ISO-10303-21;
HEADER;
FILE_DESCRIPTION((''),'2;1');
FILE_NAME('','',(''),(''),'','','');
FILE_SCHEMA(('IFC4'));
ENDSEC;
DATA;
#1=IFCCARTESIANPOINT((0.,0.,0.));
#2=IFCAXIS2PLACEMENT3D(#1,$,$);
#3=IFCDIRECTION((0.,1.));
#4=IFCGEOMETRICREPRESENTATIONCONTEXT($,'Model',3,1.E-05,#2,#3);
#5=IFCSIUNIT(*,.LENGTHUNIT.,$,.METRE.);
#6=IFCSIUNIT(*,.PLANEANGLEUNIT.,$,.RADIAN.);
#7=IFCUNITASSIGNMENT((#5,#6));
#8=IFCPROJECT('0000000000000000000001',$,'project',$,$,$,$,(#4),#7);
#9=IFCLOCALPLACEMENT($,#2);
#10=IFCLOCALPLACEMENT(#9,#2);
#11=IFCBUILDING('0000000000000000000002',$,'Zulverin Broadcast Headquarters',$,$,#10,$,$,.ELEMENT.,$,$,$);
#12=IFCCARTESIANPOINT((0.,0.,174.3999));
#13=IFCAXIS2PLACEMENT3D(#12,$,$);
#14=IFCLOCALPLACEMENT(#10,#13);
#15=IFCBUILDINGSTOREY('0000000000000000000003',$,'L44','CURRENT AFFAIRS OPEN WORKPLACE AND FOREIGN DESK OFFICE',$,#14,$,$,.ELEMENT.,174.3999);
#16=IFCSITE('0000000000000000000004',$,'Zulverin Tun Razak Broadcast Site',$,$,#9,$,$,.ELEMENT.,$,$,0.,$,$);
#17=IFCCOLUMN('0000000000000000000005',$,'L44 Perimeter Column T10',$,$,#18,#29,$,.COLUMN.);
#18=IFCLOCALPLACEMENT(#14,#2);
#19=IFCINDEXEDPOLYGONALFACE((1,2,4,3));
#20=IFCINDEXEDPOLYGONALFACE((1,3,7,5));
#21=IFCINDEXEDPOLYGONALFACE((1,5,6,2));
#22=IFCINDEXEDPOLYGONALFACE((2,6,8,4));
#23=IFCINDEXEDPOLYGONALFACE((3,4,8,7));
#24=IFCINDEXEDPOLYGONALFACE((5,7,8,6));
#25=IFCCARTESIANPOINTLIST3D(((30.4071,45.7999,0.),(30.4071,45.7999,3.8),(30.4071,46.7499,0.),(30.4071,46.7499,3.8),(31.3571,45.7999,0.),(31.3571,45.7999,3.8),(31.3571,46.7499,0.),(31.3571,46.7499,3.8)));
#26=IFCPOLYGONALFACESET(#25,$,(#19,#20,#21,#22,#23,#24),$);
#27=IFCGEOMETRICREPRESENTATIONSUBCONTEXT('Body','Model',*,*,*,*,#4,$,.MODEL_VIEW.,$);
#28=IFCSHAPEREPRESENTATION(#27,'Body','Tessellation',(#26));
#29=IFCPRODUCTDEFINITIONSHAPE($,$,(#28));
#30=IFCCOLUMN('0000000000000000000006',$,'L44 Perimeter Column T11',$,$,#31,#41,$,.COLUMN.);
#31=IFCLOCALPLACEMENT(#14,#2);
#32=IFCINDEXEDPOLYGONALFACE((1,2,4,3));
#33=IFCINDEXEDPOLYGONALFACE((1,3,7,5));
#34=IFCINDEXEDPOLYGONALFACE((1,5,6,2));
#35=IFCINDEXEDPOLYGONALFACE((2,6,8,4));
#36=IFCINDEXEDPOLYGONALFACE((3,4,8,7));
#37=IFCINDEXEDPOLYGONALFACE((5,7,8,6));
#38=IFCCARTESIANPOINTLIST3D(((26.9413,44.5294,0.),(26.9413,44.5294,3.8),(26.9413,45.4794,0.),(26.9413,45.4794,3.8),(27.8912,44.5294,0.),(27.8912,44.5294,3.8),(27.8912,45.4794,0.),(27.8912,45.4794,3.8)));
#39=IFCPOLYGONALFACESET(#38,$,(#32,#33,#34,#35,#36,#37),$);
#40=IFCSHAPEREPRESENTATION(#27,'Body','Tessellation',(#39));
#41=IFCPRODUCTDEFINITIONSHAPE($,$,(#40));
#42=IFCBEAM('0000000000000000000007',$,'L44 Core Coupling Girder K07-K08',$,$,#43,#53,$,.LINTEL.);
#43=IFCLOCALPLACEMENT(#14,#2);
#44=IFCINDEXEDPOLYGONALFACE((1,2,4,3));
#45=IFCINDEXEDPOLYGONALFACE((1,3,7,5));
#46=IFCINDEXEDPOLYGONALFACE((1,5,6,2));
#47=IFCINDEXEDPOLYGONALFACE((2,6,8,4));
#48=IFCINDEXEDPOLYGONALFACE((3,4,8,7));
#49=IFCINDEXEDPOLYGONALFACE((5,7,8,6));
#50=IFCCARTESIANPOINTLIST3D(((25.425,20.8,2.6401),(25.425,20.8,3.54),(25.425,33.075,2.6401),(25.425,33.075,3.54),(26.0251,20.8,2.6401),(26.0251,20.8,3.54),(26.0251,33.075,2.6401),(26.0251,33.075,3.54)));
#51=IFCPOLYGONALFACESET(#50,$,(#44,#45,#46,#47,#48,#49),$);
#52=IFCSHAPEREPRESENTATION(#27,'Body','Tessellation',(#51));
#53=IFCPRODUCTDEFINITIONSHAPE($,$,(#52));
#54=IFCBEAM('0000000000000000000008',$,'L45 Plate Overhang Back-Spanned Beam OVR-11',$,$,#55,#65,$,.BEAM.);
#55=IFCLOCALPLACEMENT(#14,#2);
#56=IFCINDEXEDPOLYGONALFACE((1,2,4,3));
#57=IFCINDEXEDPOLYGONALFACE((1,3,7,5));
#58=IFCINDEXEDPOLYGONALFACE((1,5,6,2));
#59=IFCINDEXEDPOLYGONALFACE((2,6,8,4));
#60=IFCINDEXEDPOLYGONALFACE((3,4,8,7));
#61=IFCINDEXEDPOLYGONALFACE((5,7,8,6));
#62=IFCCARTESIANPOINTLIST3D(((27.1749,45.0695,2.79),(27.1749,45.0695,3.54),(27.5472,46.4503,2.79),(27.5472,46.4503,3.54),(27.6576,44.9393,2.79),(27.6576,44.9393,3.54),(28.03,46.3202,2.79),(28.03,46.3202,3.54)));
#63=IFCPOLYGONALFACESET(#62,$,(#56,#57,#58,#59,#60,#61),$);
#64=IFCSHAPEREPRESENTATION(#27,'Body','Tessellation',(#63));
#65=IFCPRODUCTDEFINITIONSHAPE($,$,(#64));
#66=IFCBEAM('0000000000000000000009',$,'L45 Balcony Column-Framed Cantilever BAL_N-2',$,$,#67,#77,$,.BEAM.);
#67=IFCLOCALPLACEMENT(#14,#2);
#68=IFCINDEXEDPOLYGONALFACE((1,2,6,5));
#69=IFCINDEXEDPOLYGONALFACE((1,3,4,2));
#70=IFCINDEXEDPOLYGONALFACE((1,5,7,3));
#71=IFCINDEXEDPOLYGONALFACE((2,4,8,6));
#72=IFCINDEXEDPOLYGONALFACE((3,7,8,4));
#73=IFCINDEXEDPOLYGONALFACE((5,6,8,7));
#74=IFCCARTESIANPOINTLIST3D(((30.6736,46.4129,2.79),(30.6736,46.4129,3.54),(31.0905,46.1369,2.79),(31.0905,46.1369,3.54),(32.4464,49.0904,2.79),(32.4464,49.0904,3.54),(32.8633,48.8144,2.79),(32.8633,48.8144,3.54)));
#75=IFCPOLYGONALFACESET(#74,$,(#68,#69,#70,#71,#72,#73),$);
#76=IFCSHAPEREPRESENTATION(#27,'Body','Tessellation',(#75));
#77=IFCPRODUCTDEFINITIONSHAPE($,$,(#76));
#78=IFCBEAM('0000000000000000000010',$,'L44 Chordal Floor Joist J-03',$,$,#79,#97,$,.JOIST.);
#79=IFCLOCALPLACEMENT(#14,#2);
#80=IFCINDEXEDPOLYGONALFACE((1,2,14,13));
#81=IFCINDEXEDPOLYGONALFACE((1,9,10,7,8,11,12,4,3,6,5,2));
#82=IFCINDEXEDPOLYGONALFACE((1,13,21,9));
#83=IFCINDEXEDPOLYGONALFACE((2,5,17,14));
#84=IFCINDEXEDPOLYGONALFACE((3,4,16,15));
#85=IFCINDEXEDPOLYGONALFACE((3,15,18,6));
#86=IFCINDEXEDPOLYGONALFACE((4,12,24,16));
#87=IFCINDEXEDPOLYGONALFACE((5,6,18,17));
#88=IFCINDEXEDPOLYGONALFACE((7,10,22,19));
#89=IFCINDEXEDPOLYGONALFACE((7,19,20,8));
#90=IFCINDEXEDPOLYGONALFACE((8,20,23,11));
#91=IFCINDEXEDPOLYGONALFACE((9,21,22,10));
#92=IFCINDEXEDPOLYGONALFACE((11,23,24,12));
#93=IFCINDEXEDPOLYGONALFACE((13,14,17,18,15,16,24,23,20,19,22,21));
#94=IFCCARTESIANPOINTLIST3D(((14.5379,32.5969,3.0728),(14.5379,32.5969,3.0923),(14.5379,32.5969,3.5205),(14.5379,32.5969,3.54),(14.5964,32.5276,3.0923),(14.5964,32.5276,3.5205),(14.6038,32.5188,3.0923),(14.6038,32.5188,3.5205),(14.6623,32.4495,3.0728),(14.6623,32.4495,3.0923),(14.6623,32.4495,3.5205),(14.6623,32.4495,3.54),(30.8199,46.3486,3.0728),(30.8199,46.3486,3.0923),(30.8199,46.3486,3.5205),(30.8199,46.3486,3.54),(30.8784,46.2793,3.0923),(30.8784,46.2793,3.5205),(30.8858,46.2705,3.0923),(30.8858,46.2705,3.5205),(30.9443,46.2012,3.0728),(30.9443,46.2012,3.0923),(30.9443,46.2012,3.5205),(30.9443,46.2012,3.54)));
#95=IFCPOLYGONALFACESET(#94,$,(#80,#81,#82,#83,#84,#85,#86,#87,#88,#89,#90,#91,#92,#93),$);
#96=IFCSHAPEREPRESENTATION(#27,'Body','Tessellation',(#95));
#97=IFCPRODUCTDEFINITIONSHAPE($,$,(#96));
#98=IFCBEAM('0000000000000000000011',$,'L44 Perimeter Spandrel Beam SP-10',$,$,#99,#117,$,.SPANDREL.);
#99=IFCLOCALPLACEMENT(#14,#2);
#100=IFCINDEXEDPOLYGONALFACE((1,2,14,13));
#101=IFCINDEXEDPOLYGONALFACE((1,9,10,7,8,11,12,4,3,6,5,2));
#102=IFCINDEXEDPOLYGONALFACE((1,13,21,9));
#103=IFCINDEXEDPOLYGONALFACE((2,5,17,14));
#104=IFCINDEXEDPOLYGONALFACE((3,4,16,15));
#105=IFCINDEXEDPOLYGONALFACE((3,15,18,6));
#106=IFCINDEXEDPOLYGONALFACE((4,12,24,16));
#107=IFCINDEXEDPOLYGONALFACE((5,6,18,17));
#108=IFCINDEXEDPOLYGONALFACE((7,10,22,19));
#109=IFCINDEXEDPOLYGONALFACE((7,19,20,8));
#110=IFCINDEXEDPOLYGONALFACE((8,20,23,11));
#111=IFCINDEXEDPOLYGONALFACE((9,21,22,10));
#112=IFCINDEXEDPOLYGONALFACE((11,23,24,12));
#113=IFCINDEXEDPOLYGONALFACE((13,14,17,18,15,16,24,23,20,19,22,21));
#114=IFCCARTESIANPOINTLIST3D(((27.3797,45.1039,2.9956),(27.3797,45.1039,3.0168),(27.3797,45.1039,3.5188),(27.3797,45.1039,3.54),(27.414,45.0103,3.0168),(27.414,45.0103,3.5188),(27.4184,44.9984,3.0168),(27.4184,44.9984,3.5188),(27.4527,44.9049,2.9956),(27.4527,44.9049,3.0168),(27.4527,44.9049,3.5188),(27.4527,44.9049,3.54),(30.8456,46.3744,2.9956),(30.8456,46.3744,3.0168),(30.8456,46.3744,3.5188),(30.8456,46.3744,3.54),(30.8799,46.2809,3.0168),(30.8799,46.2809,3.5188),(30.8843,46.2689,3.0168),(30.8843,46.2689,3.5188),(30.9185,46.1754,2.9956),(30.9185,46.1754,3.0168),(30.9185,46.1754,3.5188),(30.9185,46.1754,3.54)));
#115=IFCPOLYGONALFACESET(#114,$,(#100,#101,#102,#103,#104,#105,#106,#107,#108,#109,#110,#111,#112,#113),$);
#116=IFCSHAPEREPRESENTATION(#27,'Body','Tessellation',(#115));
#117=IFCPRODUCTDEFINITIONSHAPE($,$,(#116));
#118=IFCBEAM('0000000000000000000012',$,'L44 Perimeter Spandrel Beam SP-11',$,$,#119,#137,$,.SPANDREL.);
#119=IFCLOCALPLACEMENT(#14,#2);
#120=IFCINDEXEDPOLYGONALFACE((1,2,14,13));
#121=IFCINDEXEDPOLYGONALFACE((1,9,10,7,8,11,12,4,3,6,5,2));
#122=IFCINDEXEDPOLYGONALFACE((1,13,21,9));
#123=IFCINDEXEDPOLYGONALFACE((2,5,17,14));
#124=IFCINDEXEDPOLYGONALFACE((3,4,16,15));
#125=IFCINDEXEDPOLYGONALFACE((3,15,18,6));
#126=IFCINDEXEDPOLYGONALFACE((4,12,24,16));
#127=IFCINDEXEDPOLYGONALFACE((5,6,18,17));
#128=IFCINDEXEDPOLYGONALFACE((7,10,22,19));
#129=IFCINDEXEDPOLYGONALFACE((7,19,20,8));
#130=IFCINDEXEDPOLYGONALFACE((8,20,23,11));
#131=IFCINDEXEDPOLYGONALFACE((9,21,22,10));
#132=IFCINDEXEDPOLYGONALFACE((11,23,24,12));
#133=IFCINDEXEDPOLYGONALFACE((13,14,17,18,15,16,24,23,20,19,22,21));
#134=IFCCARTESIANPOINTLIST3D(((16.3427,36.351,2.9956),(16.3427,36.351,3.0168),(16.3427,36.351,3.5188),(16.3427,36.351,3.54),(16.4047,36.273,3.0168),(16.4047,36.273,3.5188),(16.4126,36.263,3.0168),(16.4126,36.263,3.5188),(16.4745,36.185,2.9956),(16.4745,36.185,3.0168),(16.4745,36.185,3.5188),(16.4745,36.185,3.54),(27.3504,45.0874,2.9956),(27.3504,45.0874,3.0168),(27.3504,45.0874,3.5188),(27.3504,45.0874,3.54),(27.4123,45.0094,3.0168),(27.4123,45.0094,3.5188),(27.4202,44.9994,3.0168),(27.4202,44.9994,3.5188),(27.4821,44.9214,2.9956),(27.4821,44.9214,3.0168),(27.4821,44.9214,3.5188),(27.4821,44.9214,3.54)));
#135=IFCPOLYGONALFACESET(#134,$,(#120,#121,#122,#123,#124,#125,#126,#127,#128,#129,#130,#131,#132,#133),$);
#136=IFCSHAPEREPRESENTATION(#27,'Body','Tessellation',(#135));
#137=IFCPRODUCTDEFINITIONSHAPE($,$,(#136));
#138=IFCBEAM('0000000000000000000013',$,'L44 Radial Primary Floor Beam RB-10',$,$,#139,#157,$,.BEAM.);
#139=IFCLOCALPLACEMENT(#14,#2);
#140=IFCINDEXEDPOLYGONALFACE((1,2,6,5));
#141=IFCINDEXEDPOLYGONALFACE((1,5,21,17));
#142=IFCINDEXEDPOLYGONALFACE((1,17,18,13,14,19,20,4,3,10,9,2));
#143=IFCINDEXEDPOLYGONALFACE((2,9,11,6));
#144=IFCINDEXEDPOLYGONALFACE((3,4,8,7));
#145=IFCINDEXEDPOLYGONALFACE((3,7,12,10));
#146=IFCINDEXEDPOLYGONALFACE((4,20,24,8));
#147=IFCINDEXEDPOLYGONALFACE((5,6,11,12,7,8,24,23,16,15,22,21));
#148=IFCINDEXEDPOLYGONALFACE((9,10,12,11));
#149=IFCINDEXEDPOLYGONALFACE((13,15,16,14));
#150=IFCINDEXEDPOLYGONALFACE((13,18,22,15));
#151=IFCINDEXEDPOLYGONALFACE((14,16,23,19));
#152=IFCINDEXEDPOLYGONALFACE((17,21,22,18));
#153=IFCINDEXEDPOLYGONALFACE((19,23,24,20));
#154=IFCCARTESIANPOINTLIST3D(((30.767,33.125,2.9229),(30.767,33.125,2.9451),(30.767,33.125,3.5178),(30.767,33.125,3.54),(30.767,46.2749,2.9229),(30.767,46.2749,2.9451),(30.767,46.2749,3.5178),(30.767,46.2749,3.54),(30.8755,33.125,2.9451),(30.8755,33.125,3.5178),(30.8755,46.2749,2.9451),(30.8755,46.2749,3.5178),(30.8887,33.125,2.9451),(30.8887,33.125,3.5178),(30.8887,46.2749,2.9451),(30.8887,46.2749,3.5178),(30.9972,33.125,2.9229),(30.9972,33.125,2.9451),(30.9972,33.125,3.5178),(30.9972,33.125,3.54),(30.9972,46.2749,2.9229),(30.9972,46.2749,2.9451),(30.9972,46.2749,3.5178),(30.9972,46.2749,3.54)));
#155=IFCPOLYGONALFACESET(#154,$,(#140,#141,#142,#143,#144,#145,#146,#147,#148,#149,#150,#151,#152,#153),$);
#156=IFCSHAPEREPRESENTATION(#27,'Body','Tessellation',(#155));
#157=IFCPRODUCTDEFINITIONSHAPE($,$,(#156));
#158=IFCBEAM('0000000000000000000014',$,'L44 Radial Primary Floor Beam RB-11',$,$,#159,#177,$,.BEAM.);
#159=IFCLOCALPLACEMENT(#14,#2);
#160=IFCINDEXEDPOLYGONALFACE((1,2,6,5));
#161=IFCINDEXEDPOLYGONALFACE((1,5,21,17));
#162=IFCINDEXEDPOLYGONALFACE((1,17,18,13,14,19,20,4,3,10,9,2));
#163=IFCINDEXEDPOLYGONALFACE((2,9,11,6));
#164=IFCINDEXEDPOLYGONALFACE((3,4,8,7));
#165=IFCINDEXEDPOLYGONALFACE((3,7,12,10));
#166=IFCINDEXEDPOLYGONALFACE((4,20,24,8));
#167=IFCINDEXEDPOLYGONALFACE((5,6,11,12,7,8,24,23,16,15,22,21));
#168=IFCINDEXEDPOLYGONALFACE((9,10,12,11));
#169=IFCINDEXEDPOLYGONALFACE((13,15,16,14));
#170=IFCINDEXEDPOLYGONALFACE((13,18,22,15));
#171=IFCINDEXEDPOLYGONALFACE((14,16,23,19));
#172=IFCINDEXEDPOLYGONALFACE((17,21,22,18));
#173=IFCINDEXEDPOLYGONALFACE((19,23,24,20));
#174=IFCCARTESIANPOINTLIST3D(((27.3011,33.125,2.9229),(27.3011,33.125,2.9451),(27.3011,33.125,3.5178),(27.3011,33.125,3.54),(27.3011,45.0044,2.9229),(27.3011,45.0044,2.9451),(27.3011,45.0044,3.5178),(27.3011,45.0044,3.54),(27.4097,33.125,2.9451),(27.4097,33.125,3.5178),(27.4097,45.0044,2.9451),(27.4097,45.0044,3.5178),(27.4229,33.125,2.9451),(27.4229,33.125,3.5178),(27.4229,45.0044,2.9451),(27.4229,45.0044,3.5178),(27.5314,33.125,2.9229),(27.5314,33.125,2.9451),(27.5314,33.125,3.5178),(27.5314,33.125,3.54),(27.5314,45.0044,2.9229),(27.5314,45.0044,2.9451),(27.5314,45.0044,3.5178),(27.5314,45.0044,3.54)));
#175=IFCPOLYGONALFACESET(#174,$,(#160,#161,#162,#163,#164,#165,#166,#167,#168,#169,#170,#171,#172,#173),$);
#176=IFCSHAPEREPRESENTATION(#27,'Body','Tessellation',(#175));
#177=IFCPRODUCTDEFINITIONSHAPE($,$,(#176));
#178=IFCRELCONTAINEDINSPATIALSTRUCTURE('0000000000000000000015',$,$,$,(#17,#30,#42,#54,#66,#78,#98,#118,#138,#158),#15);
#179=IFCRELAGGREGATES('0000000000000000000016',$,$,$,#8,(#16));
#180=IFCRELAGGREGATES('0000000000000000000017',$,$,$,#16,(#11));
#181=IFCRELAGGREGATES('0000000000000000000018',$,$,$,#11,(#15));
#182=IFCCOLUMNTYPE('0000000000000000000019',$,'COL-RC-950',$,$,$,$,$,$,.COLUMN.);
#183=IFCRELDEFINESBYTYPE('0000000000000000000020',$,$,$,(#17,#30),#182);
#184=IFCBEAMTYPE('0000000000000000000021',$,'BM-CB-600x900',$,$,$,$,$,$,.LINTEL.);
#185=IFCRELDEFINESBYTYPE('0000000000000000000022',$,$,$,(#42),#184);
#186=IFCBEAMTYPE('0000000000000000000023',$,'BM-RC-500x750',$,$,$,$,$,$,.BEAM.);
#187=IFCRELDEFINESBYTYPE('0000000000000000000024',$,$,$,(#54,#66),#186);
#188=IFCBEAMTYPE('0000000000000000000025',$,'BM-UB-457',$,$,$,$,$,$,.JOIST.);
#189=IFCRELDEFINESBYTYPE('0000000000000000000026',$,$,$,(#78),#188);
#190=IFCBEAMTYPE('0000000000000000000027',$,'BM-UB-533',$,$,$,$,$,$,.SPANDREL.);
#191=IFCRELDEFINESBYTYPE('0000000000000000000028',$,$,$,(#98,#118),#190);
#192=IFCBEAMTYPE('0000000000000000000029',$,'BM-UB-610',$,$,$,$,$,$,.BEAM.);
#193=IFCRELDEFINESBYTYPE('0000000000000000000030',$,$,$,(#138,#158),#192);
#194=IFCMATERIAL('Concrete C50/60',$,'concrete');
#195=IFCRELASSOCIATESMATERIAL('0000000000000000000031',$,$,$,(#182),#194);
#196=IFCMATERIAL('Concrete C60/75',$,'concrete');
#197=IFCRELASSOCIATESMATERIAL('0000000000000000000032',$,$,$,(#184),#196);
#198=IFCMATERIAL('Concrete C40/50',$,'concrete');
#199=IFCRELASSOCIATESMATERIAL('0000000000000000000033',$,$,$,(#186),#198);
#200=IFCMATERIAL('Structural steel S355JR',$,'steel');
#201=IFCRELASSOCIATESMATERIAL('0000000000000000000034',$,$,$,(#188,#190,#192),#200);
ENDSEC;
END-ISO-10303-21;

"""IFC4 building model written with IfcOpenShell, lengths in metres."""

from ifc_helpers import new_model, si_unit, direction, frame, origin, origin_2d, place, context, subcontext, project, spatial, rectangle, i_section, extrude, material, material_profile, profile_set, type_object, element, save


model = new_model("IFC4")

# Units and contexts
model_context = context("Model", 3, precision=1e-05, world=origin(), true_north=direction((0.0, 1.0)))
body_context = subcontext(model_context, "Body", "Model", "MODEL_VIEW")
ifc_project = project(units=[si_unit("LENGTHUNIT", "METRE"), si_unit("PLANEANGLEUNIT", "RADIAN")], contexts=[model_context])

# Site, building, storey
site_placement = place(None, origin())
site = spatial("IfcSite", under=ifc_project, at=site_placement, Name="Zulverin Tun Razak Broadcast Site", CompositionType="ELEMENT", RefElevation=0.0)
building_placement = place(site_placement, origin())
building = spatial("IfcBuilding", under=site, at=building_placement, Name="Zulverin Broadcast Headquarters", CompositionType="ELEMENT")
storey_placement = place(building_placement, frame((0.0, 0.0, 174.3999)))
storey = spatial("IfcBuildingStorey", under=building, at=storey_placement, Name="L44", Description="CURRENT AFFAIRS OPEN WORKPLACE AND FOREIGN DESK OFFICE", CompositionType="ELEMENT", Elevation=174.3999)

# Columns
ifc_material_1 = material(Name="Concrete C50/60", Category="concrete")
ifc_material_profile_1 = material_profile(ifc_material_1, rectangle(XDim=0.95, YDim=0.95, at=origin_2d()), Name="Concrete C50/60", Category="concrete")
ifc_profile_set_1 = profile_set([ifc_material_profile_1], Name="Concrete C50/60")
column_type = type_object("IfcColumnType", Name="COL-RC-950", PredefinedType="COLUMN", material=ifc_profile_set_1)
for number, where, z_axis, x_axis, name in (
    (1, (30.8821, 46.2749, 0.0), (0.0, 0.0, 1.0), (1.0, 0.0, 0.0), "L44 Perimeter Column T10"),
    (2, (27.4163, 45.0044, 0.0), (0.0, 0.0, 1.0), (1.0, 0.0, 0.0), "L44 Perimeter Column T11"),
):
    element("IfcColumn", number, at=place(storey_placement, frame(where, z_axis=z_axis, x_axis=x_axis)), inside=storey, type_object=column_type, Name=name, PredefinedType="COLUMN", context=body_context, shape_type="SweptSolid", body=[
        extrude(rectangle(XDim=0.95, YDim=0.95, at=origin_2d()), origin(), (0.0, 0.0, 1.0), 3.8),
    ])

# Beams
ifc_material_2 = material(Name="Concrete C60/75", Category="concrete")
ifc_material_profile_2 = material_profile(ifc_material_2, rectangle(XDim=0.6001, YDim=0.8999, at=origin_2d()), Name="Concrete C60/75", Category="concrete")
ifc_profile_set_2 = profile_set([ifc_material_profile_2], Name="Concrete C60/75")
beam_type_1 = type_object("IfcBeamType", Name="BM-CB-600x900", PredefinedType="LINTEL", material=ifc_profile_set_2)
beam_1_placement = place(storey_placement, frame((25.7251, 33.075, 3.0901), z_axis=(0.0, -1.0, 0.0), x_axis=(1.0, 0.0, 0.0)))
element("IfcBeam", 3, at=beam_1_placement, inside=storey, type_object=beam_type_1, Name="L44 Core Coupling Girder K07-K08", PredefinedType="LINTEL", context=body_context, shape_type="SweptSolid", body=[
    extrude(rectangle(XDim=0.6001, YDim=0.8999, at=origin_2d()), origin(), (0.0, 0.0, 1.0), 12.2749),
])
ifc_material_3 = material(Name="Concrete C40/50", Category="concrete")
ifc_material_profile_3 = material_profile(ifc_material_3, rectangle(XDim=0.5, YDim=0.75, at=origin_2d()), Name="Concrete C40/50", Category="concrete")
ifc_profile_set_3 = profile_set([ifc_material_profile_3], Name="Concrete C40/50")
beam_type_2 = type_object("IfcBeamType", Name="BM-RC-500x750", PredefinedType="BEAM", material=ifc_profile_set_3)
beam_2_placement = place(storey_placement, frame((27.4163, 45.0044, 3.165), z_axis=(0.260329, 0.96552, 0.0), x_axis=(-0.96552, 0.260329, 0.0)))
element("IfcBeam", 4, at=beam_2_placement, inside=storey, type_object=beam_type_2, Name="L45 Plate Overhang Back-Spanned Beam OVR-11", PredefinedType="BEAM", context=body_context, shape_type="SweptSolid", body=[
    extrude(rectangle(XDim=0.5, YDim=0.75, at=origin_2d()), origin(), (0.0, 0.0, 1.0), 1.4302),
])
beam_3_placement = place(storey_placement, frame((30.8821, 46.2749, 3.165), z_axis=(0.552048, 0.833812, 0.0), x_axis=(-0.833812, 0.552048, 0.0)))
element("IfcBeam", 5, at=beam_3_placement, inside=storey, type_object=beam_type_2, Name="L45 Balcony Column-Framed Cantilever BAL_N-2", PredefinedType="BEAM", context=body_context, shape_type="SweptSolid", body=[
    extrude(rectangle(XDim=0.5, YDim=0.75, at=origin_2d()), origin(), (0.0, 0.0, 1.0), 3.2112),
])
ifc_material_4 = material(Name="Structural steel S355JR", Category="steel")
ifc_material_profile_4 = material_profile(ifc_material_4, i_section(OverallWidth=0.1929, OverallDepth=0.4673, WebThickness=0.0115, FlangeThickness=0.0195, at=origin_2d()), Name="Structural steel S355JR", Category="steel")
ifc_profile_set_4 = profile_set([ifc_material_profile_4], Name="Structural steel S355JR")
beam_type_3 = type_object("IfcBeamType", Name="BM-UB-457", PredefinedType="JOIST", material=ifc_profile_set_4)
beam_4_placement = place(storey_placement, frame((30.8821, 46.2749, 3.3064), z_axis=(-0.763973, -0.645249, 0.0), x_axis=(0.645249, -0.763973, 0.0)))
element("IfcBeam", 6, at=beam_4_placement, inside=storey, type_object=beam_type_3, Name="L44 Chordal Floor Joist J-03", PredefinedType="JOIST", context=body_context, shape_type="SweptSolid", body=[
    extrude(i_section(OverallWidth=0.1929, OverallDepth=0.4673, WebThickness=0.0115, FlangeThickness=0.0195, at=origin_2d()), origin(), (0.0, 0.0, 1.0), 21.3123),
])
ifc_material_profile_5 = material_profile(ifc_material_4, i_section(OverallWidth=0.2119, OverallDepth=0.5444, WebThickness=0.0127, FlangeThickness=0.0212, at=origin_2d()), Name="Structural steel S355JR", Category="steel")
ifc_profile_set_5 = profile_set([ifc_material_profile_5], Name="Structural steel S355JR")
beam_type_4 = type_object("IfcBeamType", Name="BM-UB-533", PredefinedType="SPANDREL", material=ifc_profile_set_5)
beam_5_placement = place(storey_placement, frame((30.8821, 46.2749, 3.2678), z_axis=(-0.938902, -0.344185, 0.0), x_axis=(0.344185, -0.938902, 0.0)))
element("IfcBeam", 7, at=beam_5_placement, inside=storey, type_object=beam_type_4, Name="L44 Perimeter Spandrel Beam SP-10", PredefinedType="SPANDREL", context=body_context, shape_type="SweptSolid", body=[
    extrude(i_section(OverallWidth=0.2119, OverallDepth=0.5444, WebThickness=0.0127, FlangeThickness=0.0212, at=origin_2d()), origin(), (0.0, 0.0, 1.0), 3.6914),
])
beam_6_placement = place(storey_placement, frame((27.4163, 45.0044, 3.2678), z_axis=(-0.783283, -0.621665, 0.0), x_axis=(0.621665, -0.783283, 0.0)))
element("IfcBeam", 8, at=beam_6_placement, inside=storey, type_object=beam_type_4, Name="L44 Perimeter Spandrel Beam SP-11", PredefinedType="SPANDREL", context=body_context, shape_type="SweptSolid", body=[
    extrude(i_section(OverallWidth=0.2119, OverallDepth=0.5444, WebThickness=0.0127, FlangeThickness=0.0212, at=origin_2d()), origin(), (0.0, 0.0, 1.0), 14.0532),
])
ifc_material_profile_6 = material_profile(ifc_material_4, i_section(OverallWidth=0.2302, OverallDepth=0.6172, WebThickness=0.0132, FlangeThickness=0.0222, at=origin_2d()), Name="Structural steel S355JR", Category="steel")
ifc_profile_set_6 = profile_set([ifc_material_profile_6], Name="Structural steel S355JR")
beam_type_5 = type_object("IfcBeamType", Name="BM-UB-610", PredefinedType="BEAM", material=ifc_profile_set_6)
beam_7_placement = place(storey_placement, frame((30.8821, 33.125, 3.2314), z_axis=(0.0, 1.0, 0.0), x_axis=(-1.0, 0.0, 0.0)))
element("IfcBeam", 9, at=beam_7_placement, inside=storey, type_object=beam_type_5, Name="L44 Radial Primary Floor Beam RB-10", PredefinedType="BEAM", context=body_context, shape_type="SweptSolid", body=[
    extrude(i_section(OverallWidth=0.2302, OverallDepth=0.6172, WebThickness=0.0132, FlangeThickness=0.0222, at=origin_2d()), origin(), (0.0, 0.0, 1.0), 13.1499),
])
beam_8_placement = place(storey_placement, frame((27.4163, 33.125, 3.2314), z_axis=(0.0, 1.0, 0.0), x_axis=(-1.0, 0.0, 0.0)))
element("IfcBeam", 10, at=beam_8_placement, inside=storey, type_object=beam_type_5, Name="L44 Radial Primary Floor Beam RB-11", PredefinedType="BEAM", context=body_context, shape_type="SweptSolid", body=[
    extrude(i_section(OverallWidth=0.2302, OverallDepth=0.6172, WebThickness=0.0132, FlangeThickness=0.0222, at=origin_2d()), origin(), (0.0, 0.0, 1.0), 11.8794),
])

save(model, "model.ifc")
